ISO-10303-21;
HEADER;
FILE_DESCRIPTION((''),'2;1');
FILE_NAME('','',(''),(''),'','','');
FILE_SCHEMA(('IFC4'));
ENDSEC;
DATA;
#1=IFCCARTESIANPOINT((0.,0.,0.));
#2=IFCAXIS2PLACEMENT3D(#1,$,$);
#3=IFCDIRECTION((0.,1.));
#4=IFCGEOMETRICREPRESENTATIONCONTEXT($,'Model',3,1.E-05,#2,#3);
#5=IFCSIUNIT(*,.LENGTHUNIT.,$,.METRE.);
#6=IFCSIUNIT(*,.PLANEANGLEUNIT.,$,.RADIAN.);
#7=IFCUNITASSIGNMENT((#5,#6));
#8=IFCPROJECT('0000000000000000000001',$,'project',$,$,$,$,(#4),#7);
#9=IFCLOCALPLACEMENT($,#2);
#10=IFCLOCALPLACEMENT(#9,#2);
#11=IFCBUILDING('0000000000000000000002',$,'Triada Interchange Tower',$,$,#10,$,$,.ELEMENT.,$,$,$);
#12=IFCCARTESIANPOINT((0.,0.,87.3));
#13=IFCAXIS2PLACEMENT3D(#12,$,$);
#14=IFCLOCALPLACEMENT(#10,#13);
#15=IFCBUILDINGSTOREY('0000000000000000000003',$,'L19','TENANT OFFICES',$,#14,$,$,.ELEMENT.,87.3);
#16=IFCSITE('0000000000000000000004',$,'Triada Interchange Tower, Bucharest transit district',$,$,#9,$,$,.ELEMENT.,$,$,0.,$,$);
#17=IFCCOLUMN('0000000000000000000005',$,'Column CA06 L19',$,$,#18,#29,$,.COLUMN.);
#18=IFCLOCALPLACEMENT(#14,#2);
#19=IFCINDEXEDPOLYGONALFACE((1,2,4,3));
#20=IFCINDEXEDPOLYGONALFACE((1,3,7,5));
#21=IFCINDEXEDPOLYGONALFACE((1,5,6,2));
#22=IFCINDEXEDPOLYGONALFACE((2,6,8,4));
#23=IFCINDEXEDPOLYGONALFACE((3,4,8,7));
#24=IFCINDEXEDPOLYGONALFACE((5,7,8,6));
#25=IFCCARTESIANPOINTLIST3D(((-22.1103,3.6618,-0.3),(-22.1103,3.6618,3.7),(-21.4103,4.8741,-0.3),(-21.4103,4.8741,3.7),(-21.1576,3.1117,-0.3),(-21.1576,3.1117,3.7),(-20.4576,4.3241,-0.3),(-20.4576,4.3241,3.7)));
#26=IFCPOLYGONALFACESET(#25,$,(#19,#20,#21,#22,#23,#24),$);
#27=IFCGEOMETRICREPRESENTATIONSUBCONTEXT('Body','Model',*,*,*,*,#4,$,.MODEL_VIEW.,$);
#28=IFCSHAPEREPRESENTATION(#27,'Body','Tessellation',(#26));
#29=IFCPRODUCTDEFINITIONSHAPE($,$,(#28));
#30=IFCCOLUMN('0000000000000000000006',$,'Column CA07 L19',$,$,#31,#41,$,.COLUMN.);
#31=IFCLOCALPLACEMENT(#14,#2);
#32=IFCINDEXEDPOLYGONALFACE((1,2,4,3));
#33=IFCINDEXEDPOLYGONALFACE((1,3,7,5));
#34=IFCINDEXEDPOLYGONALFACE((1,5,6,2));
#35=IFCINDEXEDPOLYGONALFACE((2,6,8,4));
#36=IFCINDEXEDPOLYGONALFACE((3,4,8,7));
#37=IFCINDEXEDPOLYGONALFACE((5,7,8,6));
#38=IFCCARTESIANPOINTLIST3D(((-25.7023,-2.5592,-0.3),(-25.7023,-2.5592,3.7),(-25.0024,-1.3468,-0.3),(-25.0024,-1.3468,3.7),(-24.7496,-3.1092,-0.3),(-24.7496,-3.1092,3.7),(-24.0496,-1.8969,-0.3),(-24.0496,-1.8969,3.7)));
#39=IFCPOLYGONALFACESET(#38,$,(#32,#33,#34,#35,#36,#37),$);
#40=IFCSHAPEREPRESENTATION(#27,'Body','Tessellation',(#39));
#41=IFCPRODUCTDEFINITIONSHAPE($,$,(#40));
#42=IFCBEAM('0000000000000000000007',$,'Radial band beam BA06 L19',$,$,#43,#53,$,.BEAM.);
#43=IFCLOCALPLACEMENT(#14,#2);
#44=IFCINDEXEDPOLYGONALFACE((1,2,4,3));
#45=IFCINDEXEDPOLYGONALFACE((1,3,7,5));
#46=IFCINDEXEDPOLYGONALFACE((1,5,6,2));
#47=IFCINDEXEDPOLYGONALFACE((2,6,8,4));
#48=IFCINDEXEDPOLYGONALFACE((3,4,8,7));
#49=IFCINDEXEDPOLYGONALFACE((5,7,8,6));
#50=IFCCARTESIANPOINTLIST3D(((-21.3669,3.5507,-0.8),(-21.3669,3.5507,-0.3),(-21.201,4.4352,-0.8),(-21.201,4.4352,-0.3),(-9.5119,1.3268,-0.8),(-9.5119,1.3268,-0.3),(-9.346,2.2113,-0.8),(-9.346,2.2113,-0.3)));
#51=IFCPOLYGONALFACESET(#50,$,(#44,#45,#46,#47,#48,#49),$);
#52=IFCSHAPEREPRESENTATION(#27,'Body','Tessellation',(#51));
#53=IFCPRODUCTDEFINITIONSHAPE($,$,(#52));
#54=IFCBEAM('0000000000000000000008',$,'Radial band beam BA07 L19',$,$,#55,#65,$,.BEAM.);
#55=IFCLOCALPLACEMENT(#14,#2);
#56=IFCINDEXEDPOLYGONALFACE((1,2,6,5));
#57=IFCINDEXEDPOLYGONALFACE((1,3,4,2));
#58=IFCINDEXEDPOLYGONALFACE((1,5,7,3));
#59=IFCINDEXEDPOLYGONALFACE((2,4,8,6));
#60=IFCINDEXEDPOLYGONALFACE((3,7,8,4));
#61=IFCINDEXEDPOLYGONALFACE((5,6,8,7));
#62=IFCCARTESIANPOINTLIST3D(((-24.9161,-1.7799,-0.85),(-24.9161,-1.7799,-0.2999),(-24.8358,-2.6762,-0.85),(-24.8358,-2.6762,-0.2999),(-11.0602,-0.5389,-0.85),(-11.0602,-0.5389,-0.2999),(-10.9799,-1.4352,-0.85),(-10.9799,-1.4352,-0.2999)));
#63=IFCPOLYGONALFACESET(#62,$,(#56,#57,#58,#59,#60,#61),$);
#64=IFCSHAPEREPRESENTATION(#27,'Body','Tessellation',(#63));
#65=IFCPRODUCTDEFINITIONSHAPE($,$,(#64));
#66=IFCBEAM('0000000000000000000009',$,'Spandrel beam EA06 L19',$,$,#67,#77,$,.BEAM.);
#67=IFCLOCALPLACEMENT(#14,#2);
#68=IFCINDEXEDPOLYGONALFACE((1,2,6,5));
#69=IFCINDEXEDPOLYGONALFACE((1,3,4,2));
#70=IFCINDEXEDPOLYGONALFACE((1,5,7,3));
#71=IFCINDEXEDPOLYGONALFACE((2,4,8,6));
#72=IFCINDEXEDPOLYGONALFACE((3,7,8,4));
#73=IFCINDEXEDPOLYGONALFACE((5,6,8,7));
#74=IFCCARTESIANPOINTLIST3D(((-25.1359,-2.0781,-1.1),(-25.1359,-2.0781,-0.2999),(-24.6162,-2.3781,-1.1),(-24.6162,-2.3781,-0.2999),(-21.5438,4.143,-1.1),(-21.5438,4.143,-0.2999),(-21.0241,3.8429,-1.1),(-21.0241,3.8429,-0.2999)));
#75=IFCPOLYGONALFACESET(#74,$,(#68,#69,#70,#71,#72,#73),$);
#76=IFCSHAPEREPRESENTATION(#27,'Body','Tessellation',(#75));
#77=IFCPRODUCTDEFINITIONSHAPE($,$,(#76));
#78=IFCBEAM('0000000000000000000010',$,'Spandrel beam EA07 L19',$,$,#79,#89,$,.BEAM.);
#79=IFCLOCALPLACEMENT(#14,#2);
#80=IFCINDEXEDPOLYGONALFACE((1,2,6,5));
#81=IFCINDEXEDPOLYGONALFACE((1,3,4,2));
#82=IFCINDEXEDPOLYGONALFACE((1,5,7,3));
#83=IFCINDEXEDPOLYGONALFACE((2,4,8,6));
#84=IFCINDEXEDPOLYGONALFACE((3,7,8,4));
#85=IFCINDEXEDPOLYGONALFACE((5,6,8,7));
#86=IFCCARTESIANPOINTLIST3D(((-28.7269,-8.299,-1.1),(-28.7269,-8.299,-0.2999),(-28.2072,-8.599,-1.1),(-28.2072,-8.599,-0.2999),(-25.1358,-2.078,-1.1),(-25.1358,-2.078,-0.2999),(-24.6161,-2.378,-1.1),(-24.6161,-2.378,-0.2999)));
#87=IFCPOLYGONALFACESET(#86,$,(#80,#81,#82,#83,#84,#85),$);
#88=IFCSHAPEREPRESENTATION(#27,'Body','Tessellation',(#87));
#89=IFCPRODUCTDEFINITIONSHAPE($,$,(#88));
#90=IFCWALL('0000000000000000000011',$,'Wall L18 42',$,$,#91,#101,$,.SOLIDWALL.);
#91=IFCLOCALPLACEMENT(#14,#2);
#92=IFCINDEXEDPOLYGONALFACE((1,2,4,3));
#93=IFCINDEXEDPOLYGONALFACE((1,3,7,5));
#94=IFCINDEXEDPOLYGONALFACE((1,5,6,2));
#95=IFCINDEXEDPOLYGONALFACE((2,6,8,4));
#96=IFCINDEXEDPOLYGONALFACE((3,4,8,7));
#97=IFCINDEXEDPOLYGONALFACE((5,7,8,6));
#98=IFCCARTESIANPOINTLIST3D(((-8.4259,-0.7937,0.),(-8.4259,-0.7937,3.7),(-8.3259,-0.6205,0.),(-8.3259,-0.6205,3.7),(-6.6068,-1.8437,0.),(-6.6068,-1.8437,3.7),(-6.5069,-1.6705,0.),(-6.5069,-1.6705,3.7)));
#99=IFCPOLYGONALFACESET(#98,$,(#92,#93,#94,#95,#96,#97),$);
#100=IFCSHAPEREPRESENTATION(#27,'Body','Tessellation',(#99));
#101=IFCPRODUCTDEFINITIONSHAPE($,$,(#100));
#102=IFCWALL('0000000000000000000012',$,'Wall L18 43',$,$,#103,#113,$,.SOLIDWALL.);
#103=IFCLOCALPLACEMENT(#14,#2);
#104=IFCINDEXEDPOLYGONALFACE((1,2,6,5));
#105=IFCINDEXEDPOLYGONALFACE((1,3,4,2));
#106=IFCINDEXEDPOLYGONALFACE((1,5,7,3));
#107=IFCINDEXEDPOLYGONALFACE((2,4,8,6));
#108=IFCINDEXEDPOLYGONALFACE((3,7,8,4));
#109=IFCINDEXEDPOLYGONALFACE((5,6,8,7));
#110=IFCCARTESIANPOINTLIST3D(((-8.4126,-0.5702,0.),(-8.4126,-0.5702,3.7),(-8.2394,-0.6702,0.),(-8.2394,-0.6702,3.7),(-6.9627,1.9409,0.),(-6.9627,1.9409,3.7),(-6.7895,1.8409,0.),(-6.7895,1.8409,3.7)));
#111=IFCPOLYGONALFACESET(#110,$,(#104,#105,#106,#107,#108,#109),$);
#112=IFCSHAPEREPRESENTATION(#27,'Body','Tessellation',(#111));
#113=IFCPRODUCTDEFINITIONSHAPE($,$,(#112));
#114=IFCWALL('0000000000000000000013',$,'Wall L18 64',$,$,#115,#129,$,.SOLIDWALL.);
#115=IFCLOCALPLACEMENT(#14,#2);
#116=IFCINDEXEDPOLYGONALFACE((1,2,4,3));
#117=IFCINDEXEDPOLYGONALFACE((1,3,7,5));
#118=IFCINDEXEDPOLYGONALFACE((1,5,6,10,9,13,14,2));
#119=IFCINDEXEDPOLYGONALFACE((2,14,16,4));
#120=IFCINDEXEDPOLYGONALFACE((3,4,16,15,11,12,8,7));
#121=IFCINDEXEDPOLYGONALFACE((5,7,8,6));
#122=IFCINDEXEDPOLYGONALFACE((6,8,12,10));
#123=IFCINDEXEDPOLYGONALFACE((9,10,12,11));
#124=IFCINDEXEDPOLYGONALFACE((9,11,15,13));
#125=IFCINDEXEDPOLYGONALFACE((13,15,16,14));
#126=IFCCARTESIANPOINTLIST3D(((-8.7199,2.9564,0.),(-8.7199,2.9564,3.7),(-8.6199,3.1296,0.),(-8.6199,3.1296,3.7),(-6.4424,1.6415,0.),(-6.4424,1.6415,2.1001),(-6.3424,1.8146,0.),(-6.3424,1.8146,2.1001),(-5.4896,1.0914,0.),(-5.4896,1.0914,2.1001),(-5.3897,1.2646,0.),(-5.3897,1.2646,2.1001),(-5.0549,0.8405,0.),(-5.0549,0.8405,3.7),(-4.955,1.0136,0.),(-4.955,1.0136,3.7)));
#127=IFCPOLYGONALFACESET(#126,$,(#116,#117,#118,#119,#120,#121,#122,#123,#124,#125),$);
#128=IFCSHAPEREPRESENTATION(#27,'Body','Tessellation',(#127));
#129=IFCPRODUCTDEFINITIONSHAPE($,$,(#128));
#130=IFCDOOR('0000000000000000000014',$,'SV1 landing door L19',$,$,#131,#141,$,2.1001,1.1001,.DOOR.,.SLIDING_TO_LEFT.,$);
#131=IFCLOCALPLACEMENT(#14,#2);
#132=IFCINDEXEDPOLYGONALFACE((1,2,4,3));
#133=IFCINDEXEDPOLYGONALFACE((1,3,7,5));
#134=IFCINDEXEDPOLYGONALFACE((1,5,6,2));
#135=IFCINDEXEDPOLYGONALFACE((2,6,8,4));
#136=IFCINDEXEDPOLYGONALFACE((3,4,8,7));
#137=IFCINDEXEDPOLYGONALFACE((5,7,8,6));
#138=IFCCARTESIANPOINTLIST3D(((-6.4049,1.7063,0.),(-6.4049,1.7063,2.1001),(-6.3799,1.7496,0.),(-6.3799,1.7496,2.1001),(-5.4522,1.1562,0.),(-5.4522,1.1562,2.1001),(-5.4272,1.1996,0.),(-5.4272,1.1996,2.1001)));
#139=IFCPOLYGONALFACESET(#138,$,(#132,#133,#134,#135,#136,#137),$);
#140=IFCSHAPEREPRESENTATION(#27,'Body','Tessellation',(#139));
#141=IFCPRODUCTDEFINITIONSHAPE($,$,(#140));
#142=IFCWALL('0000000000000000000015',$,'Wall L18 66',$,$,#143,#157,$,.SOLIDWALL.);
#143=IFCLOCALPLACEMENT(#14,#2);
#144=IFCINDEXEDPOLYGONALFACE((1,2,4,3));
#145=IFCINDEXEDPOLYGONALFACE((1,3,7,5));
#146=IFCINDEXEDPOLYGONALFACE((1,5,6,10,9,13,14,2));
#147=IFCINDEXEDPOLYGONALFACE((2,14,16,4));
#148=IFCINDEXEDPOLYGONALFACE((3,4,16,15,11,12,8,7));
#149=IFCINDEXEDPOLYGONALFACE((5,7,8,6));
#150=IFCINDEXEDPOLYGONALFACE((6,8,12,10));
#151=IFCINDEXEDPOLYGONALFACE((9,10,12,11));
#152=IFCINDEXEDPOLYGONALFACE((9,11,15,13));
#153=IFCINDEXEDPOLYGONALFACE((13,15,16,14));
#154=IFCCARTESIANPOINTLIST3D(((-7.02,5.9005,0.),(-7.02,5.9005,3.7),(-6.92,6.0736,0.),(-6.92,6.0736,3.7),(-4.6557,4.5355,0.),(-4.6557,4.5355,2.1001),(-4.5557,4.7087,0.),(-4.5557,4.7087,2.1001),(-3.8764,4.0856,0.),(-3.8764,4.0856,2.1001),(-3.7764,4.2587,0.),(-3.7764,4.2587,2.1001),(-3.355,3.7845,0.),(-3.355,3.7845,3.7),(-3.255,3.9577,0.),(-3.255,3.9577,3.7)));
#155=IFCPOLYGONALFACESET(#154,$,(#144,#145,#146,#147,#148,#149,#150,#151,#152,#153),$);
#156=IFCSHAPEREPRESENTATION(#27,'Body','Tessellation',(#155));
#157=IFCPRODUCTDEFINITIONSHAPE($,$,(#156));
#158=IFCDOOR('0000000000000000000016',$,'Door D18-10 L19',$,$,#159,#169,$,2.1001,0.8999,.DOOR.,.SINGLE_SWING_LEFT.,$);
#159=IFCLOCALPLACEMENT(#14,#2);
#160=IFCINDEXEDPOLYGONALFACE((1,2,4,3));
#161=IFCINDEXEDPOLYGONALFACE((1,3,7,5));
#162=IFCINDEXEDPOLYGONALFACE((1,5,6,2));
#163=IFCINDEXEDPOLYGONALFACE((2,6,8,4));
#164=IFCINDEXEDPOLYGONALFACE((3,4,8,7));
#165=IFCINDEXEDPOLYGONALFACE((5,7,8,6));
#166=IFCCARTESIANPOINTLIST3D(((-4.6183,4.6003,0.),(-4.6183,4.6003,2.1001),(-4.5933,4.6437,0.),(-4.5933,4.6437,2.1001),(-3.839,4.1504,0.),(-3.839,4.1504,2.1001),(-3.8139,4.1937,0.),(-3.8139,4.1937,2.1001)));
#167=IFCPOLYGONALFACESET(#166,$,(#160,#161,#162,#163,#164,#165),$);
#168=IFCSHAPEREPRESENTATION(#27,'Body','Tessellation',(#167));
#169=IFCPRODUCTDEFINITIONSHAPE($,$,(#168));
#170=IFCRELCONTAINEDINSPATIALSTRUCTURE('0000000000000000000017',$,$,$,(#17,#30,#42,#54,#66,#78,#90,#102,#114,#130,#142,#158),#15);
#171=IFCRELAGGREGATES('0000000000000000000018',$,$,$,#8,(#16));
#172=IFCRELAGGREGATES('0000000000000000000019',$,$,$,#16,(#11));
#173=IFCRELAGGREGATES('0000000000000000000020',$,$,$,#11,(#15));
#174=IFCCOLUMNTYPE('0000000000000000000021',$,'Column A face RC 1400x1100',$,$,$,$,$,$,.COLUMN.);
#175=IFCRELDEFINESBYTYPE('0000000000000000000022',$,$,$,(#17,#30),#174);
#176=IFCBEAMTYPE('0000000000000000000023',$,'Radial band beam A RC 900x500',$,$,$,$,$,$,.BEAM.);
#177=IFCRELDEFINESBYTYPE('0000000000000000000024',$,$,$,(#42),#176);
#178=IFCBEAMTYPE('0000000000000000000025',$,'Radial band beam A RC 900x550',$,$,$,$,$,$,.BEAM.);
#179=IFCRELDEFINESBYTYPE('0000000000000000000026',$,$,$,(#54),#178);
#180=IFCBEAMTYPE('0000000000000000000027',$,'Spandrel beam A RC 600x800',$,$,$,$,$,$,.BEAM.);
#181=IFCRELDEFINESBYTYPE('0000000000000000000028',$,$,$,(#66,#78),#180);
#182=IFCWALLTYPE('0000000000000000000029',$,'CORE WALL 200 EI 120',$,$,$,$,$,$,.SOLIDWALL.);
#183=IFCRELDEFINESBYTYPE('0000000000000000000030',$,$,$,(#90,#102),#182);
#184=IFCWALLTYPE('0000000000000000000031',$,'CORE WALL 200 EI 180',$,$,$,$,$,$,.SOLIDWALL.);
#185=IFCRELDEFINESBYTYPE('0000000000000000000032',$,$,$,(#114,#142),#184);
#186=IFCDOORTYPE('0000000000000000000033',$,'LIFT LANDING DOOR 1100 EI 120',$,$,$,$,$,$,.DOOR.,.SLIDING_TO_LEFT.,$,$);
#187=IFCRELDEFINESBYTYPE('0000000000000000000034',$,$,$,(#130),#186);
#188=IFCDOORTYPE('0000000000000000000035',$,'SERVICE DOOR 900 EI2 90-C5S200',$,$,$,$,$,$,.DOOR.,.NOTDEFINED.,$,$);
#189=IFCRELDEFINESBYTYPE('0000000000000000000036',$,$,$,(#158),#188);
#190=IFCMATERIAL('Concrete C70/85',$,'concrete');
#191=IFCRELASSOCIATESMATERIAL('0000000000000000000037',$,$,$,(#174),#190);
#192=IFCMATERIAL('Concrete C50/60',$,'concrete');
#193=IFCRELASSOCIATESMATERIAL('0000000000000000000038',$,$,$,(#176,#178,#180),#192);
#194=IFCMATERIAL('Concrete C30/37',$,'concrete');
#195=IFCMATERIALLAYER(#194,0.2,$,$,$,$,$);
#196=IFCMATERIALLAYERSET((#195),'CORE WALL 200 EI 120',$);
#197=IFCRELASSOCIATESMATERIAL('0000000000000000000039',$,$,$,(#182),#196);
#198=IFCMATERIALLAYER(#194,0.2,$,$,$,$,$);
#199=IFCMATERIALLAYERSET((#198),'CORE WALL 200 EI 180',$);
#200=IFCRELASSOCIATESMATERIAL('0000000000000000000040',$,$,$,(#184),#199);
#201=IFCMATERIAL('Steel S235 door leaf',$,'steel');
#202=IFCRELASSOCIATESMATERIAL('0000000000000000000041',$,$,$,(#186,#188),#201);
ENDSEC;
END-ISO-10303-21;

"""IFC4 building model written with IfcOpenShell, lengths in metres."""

from ifc_helpers import new_model, si_unit, direction, frame, frame_2d, origin, origin_2d, place, context, subcontext, project, spatial, rectangle, extrude, material, layer, layer_set, material_profile, profile_set, type_object, element, fill, save


model = new_model("IFC4")

# Units and contexts
model_context = context("Model", 3, precision=1e-05, world=origin(), true_north=direction((0.0, 1.0)))
body_context = subcontext(model_context, "Body", "Model", "MODEL_VIEW")
ifc_project = project(units=[si_unit("LENGTHUNIT", "METRE"), si_unit("PLANEANGLEUNIT", "RADIAN")], contexts=[model_context])

# Site, building, storey
site_placement = place(None, origin())
site = spatial("IfcSite", under=ifc_project, at=site_placement, Name="Triada Interchange Tower, Bucharest transit district", CompositionType="ELEMENT", RefElevation=0.0)
building_placement = place(site_placement, origin())
building = spatial("IfcBuilding", under=site, at=building_placement, Name="Triada Interchange Tower", CompositionType="ELEMENT")
storey_placement = place(building_placement, frame((0.0, 0.0, 87.3)))
storey = spatial("IfcBuildingStorey", under=building, at=storey_placement, Name="L19", Description="TENANT OFFICES", CompositionType="ELEMENT", Elevation=87.3)

# Columns
ifc_material_1 = material(Name="Concrete C70/85", Category="concrete")
ifc_material_profile_1 = material_profile(ifc_material_1, rectangle(XDim=1.3999, YDim=1.1001, at=origin_2d()), Name="RC 1400x1100")
ifc_profile_set_1 = profile_set([ifc_material_profile_1], Name="Concrete C70/85")
column_type = type_object("IfcColumnType", Name="Column A face RC 1400x1100", PredefinedType="COLUMN", material=ifc_profile_set_1)
for number, where, z_axis, x_axis, name in (
    (1, (-21.2839, 3.9929, -0.3), (0.0, 0.0, 1.0), (0.5, 0.866025, 0.0), "Column CA06 L19"),
    (2, (-24.876, -2.228, -0.3), (0.0, 0.0, 1.0), (0.5, 0.866025, 0.0), "Column CA07 L19"),
):
    element("IfcColumn", number, at=place(storey_placement, frame(where, z_axis=z_axis, x_axis=x_axis)), inside=storey, type_object=column_type, Name=name, PredefinedType="COLUMN", context=body_context, shape_type="SweptSolid", body=[
        extrude(rectangle(XDim=1.3999, YDim=1.1001, at=origin_2d()), origin(), (0.0, 0.0, 1.0), 4.0),
    ])

# Beams
ifc_material_2 = material(Name="Concrete C50/60", Category="concrete")
ifc_material_profile_2 = material_profile(ifc_material_2, rectangle(XDim=0.8999, YDim=0.5, at=origin_2d()), Name="RC 900x500")
ifc_profile_set_2 = profile_set([ifc_material_profile_2], Name="Concrete C50/60")
beam_type_1 = type_object("IfcBeamType", Name="Radial band beam A RC 900x500", PredefinedType="BEAM", material=ifc_profile_set_2)
beam_1_placement = place(storey_placement, frame((-21.2839, 3.9929, -0.55), z_axis=(0.982856, -0.184374, 0.0), x_axis=(0.184374, 0.982856, 0.0)))
element("IfcBeam", 3, at=beam_1_placement, inside=storey, type_object=beam_type_1, Name="Radial band beam BA06 L19", PredefinedType="BEAM", context=body_context, shape_type="SweptSolid", body=[
    extrude(rectangle(XDim=0.8999, YDim=0.5, at=origin_2d()), origin(), (0.0, 0.0, 1.0), 12.0618),
])
ifc_material_profile_3 = material_profile(ifc_material_2, rectangle(XDim=0.8999, YDim=0.55, at=origin_2d()), Name="RC 900x550")
ifc_profile_set_3 = profile_set([ifc_material_profile_3], Name="Concrete C50/60")
beam_type_2 = type_object("IfcBeamType", Name="Radial band beam A RC 900x550", PredefinedType="BEAM", material=ifc_profile_set_3)
beam_2_placement = place(storey_placement, frame((-24.876, -2.228, -0.575), z_axis=(0.996013, 0.089205, 0.0), x_axis=(-0.089205, 0.996013, 0.0)))
element("IfcBeam", 4, at=beam_2_placement, inside=storey, type_object=beam_type_2, Name="Radial band beam BA07 L19", PredefinedType="BEAM", context=body_context, shape_type="SweptSolid", body=[
    extrude(rectangle(XDim=0.8999, YDim=0.55, at=origin_2d()), origin(), (0.0, 0.0, 1.0), 13.9114),
])
ifc_material_profile_4 = material_profile(ifc_material_2, rectangle(XDim=0.6001, YDim=0.8, at=origin_2d()), Name="RC 600x800")
ifc_profile_set_4 = profile_set([ifc_material_profile_4], Name="Concrete C50/60")
beam_type_3 = type_object("IfcBeamType", Name="Spandrel beam A RC 600x800", PredefinedType="BEAM", material=ifc_profile_set_4)
beam_3_placement = place(storey_placement, frame((-21.2839, 3.9929, -0.7), z_axis=(-0.500039, -0.866003, 0.0), x_axis=(0.866003, -0.500039, 0.0)))
element("IfcBeam", 5, at=beam_3_placement, inside=storey, type_object=beam_type_3, Name="Spandrel beam EA06 L19", PredefinedType="BEAM", context=body_context, shape_type="SweptSolid", body=[
    extrude(rectangle(XDim=0.6001, YDim=0.8, at=origin_2d()), origin(), (0.0, 0.0, 1.0), 7.1836),
])
beam_4_placement = place(storey_placement, frame((-24.876, -2.228, -0.7), z_axis=(-0.499937, -0.866062, 0.0), x_axis=(0.866062, -0.499937, 0.0)))
element("IfcBeam", 6, at=beam_4_placement, inside=storey, type_object=beam_type_3, Name="Spandrel beam EA07 L19", PredefinedType="BEAM", context=body_context, shape_type="SweptSolid", body=[
    extrude(rectangle(XDim=0.6001, YDim=0.8, at=origin_2d()), origin(), (0.0, 0.0, 1.0), 7.1831),
])

# Walls
ifc_material_3 = material(Name="Concrete C30/37", Category="concrete")
ifc_layer_1 = layer(ifc_material_3, 0.2)
ifc_layer_set_1 = layer_set([ifc_layer_1], Name="CORE WALL 200 EI 120")
wall_type_1 = type_object("IfcWallType", Name="CORE WALL 200 EI 120", PredefinedType="SOLIDWALL", material=ifc_layer_set_1)
wall_1_placement = place(storey_placement, frame((-8.376, -0.707, 0.0), z_axis=(0.0, 0.0, 1.0), x_axis=(0.866068, -0.499927, 0.0)))
element("IfcWall", 7, at=wall_1_placement, inside=storey, type_object=wall_type_1, Name="Wall L18 42", PredefinedType="SOLIDWALL", context=body_context, shape_type="SweptSolid", body=[
    extrude(rectangle(XDim=2.1003, YDim=0.2, at=frame_2d((1.0503, 0.0))), origin(), (0.0, 0.0, 1.0), 3.7),
])
wall_2_placement = place(storey_placement, frame((-8.3259, -0.6201, 0.0), z_axis=(0.0, 0.0, 1.0), x_axis=(0.500024, 0.866012, 0.0)))
element("IfcWall", 8, at=wall_2_placement, inside=storey, type_object=wall_type_1, Name="Wall L18 43", PredefinedType="SOLIDWALL", context=body_context, shape_type="SweptSolid", body=[
    extrude(rectangle(XDim=2.8997, YDim=0.2, at=frame_2d((1.4497, 0.0))), origin(), (0.0, 0.0, 1.0), 3.7),
])

# Walls, openings, doors
ifc_layer_2 = layer(ifc_material_3, 0.2)
ifc_layer_set_2 = layer_set([ifc_layer_2], Name="CORE WALL 200 EI 180")
wall_type_2 = type_object("IfcWallType", Name="CORE WALL 200 EI 180", PredefinedType="SOLIDWALL", material=ifc_layer_set_2)
wall_3_placement = place(storey_placement, frame((-8.6699, 3.043, 0.0), z_axis=(0.0, 0.0, 1.0), x_axis=(0.86603, -0.499992, 0.0)))
wall_3 = element("IfcWall", 9, at=wall_3_placement, inside=storey, type_object=wall_type_2, Name="Wall L18 64", PredefinedType="SOLIDWALL", context=body_context, shape_type="SweptSolid", body=[
    extrude(rectangle(XDim=4.2319, YDim=0.2, at=frame_2d((2.116, 0.0))), origin(), (0.0, 0.0, 1.0), 3.7),
])
opening_1_placement = place(wall_3_placement, frame((2.6299, 0.0, 0.0)))
opening_1 = element("IfcOpeningElement", 10, at=opening_1_placement, cuts=wall_3, PredefinedType="OPENING", context=body_context, shape_type="SweptSolid", body=[
    extrude(rectangle(XDim=1.1001, YDim=2.1001, at=frame_2d((0.55, 1.05))), frame((0.0, 0.1099, 0.0), z_axis=(0.0, -1.0, 0.0), x_axis=(1.0, 0.0, 0.0)), (0.0, 0.0, 1.0), 0.22),
])
ifc_material_4 = material(Name="Steel S235 door leaf", Category="steel")
door_type_1 = type_object("IfcDoorType", Name="LIFT LANDING DOOR 1100 EI 120", OperationType="SLIDING_TO_LEFT", PredefinedType="DOOR", material=ifc_material_4)
door_1_placement = place(opening_1_placement, origin())
door_1 = element("IfcDoor", 11, at=door_1_placement, inside=storey, type_object=door_type_1, Name="SV1 landing door L19", OperationType="SLIDING_TO_LEFT", OverallHeight=2.1001, OverallWidth=1.1001, PredefinedType="DOOR", context=body_context, shape_type="SweptSolid", body=[
    extrude(rectangle(XDim=1.1001, YDim=2.1001, at=frame_2d((0.55, 1.05))), frame((0.0, 0.0249, 0.0), z_axis=(0.0, -1.0, 0.0), x_axis=(1.0, 0.0, 0.0)), (0.0, 0.0, 1.0), 0.05),
])
fill(opening_1, door_1)
wall_4_placement = place(storey_placement, frame((-6.97, 5.9871, 0.0), z_axis=(0.0, 0.0, 1.0), x_axis=(0.86603, -0.499992, 0.0)))
wall_4 = element("IfcWall", 12, at=wall_4_placement, inside=storey, type_object=wall_type_2, Name="Wall L18 66", PredefinedType="SOLIDWALL", context=body_context, shape_type="SweptSolid", body=[
    extrude(rectangle(XDim=4.2319, YDim=0.2, at=frame_2d((2.116, 0.0))), origin(), (0.0, 0.0, 1.0), 3.7),
])
opening_2_placement = place(wall_4_placement, frame((2.73, 0.0, 0.0)))
opening_2 = element("IfcOpeningElement", 13, at=opening_2_placement, cuts=wall_4, PredefinedType="OPENING", context=body_context, shape_type="SweptSolid", body=[
    extrude(rectangle(XDim=0.8999, YDim=2.1001, at=frame_2d((0.45, 1.05))), frame((0.0, 0.1099, 0.0), z_axis=(0.0, -1.0, 0.0), x_axis=(1.0, 0.0, 0.0)), (0.0, 0.0, 1.0), 0.22),
])
door_type_2 = type_object("IfcDoorType", Name="SERVICE DOOR 900 EI2 90-C5S200", OperationType="NOTDEFINED", PredefinedType="DOOR", material=ifc_material_4)
door_2_placement = place(opening_2_placement, origin())
door_2 = element("IfcDoor", 14, at=door_2_placement, inside=storey, type_object=door_type_2, Name="Door D18-10 L19", OperationType="SINGLE_SWING_LEFT", OverallHeight=2.1001, OverallWidth=0.8999, PredefinedType="DOOR", context=body_context, shape_type="SweptSolid", body=[
    extrude(rectangle(XDim=0.8999, YDim=2.1001, at=frame_2d((0.45, 1.05))), frame((0.0, 0.0249, 0.0), z_axis=(0.0, -1.0, 0.0), x_axis=(1.0, 0.0, 0.0)), (0.0, 0.0, 1.0), 0.05),
])
fill(opening_2, door_2)

save(model, "model.ifc")
